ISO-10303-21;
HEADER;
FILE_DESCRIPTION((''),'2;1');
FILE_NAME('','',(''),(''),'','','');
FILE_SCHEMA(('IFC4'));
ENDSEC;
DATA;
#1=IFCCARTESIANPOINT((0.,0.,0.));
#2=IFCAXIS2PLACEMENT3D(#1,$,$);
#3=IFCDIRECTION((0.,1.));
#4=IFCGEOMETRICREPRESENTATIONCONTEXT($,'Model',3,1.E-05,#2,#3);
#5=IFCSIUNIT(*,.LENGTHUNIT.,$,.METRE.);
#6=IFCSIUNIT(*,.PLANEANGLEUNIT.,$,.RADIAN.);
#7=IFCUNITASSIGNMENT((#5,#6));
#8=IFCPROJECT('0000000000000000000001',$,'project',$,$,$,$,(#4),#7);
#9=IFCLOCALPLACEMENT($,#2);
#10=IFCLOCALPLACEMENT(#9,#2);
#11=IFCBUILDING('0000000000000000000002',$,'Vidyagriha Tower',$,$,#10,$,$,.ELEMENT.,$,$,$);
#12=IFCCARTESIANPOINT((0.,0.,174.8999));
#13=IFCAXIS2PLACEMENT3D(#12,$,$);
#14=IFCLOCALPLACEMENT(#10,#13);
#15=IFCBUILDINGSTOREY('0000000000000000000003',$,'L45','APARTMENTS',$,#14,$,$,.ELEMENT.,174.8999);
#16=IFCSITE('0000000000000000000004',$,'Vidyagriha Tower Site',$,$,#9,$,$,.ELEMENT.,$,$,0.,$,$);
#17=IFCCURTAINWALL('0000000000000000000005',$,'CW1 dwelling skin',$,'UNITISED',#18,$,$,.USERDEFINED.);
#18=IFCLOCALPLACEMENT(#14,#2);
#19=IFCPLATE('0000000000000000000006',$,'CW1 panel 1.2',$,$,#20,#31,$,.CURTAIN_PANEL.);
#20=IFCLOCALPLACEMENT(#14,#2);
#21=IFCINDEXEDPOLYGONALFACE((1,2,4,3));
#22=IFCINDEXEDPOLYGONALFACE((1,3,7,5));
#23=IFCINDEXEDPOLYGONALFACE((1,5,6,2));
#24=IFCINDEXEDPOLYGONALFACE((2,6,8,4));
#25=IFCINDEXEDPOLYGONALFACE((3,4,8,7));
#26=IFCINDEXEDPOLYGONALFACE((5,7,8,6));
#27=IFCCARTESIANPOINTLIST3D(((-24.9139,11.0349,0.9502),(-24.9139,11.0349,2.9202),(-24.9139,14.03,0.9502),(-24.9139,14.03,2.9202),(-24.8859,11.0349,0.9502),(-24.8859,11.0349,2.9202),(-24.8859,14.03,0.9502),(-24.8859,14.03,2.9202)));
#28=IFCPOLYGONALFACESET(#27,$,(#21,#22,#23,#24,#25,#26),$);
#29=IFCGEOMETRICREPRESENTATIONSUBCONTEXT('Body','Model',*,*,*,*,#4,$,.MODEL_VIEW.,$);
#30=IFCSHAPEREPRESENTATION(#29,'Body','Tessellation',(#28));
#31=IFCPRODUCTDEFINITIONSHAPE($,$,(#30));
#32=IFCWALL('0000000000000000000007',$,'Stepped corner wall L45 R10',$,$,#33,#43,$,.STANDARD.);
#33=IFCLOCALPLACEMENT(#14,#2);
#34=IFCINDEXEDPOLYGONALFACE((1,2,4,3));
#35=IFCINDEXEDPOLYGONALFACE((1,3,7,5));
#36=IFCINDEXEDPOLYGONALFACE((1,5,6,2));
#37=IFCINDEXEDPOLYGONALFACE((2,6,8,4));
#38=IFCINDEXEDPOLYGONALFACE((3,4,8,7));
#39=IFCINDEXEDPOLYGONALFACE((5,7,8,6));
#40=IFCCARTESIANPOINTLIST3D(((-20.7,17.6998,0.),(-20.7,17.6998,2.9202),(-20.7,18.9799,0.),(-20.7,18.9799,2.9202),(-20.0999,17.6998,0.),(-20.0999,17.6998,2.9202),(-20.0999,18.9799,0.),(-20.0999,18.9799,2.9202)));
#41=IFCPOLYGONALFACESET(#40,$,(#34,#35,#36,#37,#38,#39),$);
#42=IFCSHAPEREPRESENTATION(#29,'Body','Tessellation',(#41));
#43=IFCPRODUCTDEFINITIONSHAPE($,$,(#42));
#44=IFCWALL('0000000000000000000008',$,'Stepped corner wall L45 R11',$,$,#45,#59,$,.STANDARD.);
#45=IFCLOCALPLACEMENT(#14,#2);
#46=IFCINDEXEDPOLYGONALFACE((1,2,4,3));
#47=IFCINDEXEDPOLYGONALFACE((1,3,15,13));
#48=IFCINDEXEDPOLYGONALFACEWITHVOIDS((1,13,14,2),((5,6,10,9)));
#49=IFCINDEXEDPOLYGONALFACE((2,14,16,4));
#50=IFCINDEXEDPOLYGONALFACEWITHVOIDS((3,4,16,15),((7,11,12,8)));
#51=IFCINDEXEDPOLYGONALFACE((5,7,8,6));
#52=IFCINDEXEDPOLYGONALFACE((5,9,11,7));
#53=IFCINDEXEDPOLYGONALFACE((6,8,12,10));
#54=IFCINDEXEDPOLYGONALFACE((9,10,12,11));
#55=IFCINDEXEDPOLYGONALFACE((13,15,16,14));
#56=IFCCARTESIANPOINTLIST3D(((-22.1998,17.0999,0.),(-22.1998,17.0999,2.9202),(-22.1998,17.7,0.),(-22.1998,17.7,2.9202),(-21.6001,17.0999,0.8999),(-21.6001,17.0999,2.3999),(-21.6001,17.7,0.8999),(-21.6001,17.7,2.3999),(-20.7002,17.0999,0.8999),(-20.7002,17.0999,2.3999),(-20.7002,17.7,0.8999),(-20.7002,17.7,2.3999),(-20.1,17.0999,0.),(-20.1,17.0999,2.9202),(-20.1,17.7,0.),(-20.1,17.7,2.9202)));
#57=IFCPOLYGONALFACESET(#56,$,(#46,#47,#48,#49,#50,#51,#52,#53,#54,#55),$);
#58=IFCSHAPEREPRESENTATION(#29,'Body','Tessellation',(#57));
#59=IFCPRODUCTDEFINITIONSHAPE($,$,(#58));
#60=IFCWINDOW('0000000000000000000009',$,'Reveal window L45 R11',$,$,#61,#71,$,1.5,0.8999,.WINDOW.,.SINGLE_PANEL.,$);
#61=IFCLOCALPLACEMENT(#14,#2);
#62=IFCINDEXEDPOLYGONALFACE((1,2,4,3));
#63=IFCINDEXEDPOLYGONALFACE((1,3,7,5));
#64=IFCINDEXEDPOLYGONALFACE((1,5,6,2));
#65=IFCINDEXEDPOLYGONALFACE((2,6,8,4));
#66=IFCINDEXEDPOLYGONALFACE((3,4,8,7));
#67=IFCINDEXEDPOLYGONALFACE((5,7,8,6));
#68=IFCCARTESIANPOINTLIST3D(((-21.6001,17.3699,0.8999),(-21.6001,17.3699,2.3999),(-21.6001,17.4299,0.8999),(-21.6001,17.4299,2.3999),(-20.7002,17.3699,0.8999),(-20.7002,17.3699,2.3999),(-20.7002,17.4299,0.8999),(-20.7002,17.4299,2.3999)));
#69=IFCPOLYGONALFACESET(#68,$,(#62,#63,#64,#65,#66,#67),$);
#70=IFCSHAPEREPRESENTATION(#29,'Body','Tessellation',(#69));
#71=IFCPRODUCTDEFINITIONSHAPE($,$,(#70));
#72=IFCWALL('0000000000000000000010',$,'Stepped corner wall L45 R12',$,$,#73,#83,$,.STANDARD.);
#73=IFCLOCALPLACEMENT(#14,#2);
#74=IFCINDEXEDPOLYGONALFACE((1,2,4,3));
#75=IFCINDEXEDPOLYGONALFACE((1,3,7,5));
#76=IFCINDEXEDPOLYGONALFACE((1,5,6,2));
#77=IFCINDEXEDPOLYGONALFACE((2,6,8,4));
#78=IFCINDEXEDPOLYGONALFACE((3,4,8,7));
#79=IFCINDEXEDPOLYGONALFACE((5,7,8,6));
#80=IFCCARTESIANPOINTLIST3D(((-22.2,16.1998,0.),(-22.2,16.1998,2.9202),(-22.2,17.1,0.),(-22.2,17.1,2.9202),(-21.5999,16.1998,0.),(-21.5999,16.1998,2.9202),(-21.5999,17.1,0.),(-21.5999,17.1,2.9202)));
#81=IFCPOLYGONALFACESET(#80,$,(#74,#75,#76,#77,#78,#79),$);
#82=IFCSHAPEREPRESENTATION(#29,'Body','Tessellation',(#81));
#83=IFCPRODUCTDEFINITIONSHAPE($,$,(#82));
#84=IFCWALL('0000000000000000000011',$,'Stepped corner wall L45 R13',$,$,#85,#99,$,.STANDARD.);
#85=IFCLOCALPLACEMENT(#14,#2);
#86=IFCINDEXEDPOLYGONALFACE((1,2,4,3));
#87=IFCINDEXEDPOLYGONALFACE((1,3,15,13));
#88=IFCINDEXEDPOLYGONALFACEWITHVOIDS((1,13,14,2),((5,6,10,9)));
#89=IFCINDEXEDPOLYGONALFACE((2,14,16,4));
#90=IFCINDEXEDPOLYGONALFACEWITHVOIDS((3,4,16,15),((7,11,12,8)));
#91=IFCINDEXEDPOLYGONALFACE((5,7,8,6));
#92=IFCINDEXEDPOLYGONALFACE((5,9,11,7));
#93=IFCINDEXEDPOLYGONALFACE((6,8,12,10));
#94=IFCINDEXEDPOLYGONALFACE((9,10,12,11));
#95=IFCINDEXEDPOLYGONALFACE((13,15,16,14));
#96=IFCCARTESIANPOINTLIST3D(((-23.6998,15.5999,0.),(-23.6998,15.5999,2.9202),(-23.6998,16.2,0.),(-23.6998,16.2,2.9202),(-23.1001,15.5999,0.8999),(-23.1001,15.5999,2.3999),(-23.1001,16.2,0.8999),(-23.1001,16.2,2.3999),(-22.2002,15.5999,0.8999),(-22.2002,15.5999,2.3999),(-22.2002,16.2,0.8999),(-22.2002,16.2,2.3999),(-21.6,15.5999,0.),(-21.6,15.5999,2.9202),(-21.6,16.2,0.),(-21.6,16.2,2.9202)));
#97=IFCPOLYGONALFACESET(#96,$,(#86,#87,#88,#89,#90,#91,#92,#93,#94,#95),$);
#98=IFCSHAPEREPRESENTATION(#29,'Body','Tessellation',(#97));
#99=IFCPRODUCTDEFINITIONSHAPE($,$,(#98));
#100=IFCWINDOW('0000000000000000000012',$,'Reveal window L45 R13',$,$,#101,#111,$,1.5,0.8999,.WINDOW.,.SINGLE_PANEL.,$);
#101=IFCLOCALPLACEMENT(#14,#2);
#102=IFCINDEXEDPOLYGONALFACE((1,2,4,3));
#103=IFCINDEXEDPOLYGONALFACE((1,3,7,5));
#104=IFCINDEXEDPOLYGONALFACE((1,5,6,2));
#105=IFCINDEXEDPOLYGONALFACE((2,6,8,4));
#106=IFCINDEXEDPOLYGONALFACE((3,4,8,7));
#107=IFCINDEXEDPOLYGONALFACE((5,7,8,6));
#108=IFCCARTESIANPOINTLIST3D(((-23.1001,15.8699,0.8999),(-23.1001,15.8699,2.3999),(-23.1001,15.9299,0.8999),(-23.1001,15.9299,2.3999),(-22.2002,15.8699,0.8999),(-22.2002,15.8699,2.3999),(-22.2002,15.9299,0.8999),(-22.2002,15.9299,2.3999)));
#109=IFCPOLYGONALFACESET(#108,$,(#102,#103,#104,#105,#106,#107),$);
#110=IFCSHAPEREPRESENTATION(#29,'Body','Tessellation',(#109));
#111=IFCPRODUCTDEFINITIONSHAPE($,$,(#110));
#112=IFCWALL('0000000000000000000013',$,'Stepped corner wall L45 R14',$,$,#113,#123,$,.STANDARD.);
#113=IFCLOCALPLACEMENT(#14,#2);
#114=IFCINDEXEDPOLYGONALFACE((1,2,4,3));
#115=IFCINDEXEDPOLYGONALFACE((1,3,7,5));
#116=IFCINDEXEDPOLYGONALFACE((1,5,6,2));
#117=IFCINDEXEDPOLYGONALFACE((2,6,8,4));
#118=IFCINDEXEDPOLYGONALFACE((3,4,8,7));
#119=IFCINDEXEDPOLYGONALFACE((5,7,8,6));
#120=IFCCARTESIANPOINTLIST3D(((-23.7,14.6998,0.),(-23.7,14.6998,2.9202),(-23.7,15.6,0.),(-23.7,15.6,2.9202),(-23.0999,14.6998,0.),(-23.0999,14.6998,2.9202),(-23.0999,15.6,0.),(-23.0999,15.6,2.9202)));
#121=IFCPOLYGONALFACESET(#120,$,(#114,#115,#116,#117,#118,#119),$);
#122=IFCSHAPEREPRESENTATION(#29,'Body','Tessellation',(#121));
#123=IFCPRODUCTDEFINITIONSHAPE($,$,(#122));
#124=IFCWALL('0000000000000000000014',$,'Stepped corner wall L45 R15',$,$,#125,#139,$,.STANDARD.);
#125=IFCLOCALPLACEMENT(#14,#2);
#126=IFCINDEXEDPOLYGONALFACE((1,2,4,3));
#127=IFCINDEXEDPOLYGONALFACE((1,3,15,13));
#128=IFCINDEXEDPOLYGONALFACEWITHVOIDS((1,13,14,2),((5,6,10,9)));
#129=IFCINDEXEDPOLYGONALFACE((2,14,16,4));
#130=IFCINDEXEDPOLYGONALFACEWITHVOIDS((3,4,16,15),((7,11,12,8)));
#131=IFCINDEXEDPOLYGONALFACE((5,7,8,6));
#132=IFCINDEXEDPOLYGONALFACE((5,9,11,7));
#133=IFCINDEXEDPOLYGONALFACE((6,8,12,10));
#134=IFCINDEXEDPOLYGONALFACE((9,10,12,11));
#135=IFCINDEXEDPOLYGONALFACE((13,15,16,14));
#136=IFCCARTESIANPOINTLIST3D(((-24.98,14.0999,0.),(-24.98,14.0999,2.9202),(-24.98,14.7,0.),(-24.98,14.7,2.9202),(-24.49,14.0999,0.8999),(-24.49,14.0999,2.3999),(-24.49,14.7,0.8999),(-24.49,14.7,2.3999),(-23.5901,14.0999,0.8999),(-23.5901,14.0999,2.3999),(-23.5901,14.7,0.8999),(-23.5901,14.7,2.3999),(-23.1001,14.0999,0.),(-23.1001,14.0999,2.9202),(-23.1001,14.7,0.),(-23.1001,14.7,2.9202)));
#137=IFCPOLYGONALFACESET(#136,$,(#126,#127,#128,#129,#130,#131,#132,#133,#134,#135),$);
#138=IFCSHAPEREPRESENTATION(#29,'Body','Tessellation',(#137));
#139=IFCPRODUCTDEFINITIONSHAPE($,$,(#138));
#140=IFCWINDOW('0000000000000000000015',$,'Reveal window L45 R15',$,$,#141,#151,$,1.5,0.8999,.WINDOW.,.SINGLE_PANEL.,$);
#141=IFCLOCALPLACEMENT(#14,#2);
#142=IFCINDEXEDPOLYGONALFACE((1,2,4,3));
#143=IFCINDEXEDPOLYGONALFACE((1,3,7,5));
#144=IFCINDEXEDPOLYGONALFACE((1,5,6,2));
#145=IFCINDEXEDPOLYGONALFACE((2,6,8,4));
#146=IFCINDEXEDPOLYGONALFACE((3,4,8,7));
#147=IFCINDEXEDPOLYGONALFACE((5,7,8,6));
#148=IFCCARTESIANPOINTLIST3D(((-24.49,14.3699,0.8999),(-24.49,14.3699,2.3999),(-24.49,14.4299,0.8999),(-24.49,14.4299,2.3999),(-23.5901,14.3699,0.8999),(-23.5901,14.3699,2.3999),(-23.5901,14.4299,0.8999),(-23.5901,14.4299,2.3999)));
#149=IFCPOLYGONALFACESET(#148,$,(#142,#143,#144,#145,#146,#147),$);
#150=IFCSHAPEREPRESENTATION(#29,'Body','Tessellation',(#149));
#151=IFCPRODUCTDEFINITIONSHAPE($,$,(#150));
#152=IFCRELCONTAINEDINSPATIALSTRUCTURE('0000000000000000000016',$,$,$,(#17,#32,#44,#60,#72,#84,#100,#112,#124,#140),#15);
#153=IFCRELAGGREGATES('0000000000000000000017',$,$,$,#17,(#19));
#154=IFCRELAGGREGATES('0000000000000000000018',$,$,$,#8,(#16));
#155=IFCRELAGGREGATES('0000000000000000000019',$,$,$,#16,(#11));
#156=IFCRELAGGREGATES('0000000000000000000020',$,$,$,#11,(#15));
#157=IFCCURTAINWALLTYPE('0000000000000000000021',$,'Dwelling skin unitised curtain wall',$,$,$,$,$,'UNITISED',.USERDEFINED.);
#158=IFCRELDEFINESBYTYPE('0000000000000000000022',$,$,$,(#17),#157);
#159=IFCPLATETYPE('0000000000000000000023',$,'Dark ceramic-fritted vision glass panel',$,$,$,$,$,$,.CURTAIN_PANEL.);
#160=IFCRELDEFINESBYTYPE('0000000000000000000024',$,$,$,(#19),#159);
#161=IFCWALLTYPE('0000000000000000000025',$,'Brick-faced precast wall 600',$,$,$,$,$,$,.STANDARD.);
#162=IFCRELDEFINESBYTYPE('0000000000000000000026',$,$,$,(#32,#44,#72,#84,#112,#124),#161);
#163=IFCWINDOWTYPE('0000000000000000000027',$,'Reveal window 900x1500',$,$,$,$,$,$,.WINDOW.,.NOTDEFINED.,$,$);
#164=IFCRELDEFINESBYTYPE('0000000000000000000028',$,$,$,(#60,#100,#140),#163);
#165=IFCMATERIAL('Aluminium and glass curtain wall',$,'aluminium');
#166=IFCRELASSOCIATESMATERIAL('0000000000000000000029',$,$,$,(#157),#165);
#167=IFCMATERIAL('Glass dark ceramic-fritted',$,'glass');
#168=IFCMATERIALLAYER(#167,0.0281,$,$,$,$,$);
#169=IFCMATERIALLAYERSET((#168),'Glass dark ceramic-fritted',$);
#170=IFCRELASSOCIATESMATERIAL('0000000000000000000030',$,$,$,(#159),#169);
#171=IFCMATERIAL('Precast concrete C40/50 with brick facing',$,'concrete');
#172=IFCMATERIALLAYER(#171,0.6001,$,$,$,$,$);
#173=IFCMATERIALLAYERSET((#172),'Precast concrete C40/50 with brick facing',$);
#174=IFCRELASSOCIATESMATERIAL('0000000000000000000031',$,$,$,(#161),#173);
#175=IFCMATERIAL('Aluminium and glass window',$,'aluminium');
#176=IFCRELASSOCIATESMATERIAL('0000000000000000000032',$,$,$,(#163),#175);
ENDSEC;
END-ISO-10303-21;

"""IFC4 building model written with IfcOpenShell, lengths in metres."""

from ifc_helpers import new_model, si_unit, direction, frame, frame_2d, origin, origin_2d, place, context, subcontext, project, spatial, rectangle, extrude, material, layer, layer_set, type_object, element, fill, aggregate, save


model = new_model("IFC4")

# Units and contexts
model_context = context("Model", 3, precision=1e-05, world=origin(), true_north=direction((0.0, 1.0)))
body_context = subcontext(model_context, "Body", "Model", "MODEL_VIEW")
ifc_project = project(units=[si_unit("LENGTHUNIT", "METRE"), si_unit("PLANEANGLEUNIT", "RADIAN")], contexts=[model_context])

# Site, building, storey
site_placement = place(None, origin())
site = spatial("IfcSite", under=ifc_project, at=site_placement, Name="Vidyagriha Tower Site", CompositionType="ELEMENT", RefElevation=0.0)
building_placement = place(site_placement, origin())
building = spatial("IfcBuilding", under=site, at=building_placement, Name="Vidyagriha Tower", CompositionType="ELEMENT")
storey_placement = place(building_placement, frame((0.0, 0.0, 174.8999)))
storey = spatial("IfcBuildingStorey", under=building, at=storey_placement, Name="L45", Description="APARTMENTS", CompositionType="ELEMENT", Elevation=174.8999)

# Shared definitions
ifc_material_1 = material(Name="Aluminium and glass curtain wall", Category="aluminium")
curtain_wall_type = type_object("IfcCurtainWallType", Name="Dwelling skin unitised curtain wall", ElementType="UNITISED", PredefinedType="USERDEFINED", material=ifc_material_1)

# Curtain wall
curtain_wall_1_placement = place(storey_placement, origin())
curtain_wall_1 = element("IfcCurtainWall", 1, at=curtain_wall_1_placement, inside=storey, type_object=curtain_wall_type, Name="CW1 dwelling skin", ObjectType="UNITISED", PredefinedType="USERDEFINED")

# Plate
ifc_material_2 = material(Name="Glass dark ceramic-fritted", Category="glass")
ifc_layer_1 = layer(ifc_material_2, 0.0281)
ifc_layer_set_1 = layer_set([ifc_layer_1], Name="Glass dark ceramic-fritted")
plate_type_1 = type_object("IfcPlateType", Name="Dark ceramic-fritted vision glass panel", PredefinedType="CURTAIN_PANEL", material=ifc_layer_set_1)
plate_1_placement = place(storey_placement, frame((-24.8999, 12.5325, 0.9502), z_axis=(0.0, 0.0, 1.0), x_axis=(0.0, -1.0, 0.0)))
plate_1 = element("IfcPlate", 2, at=plate_1_placement, type_object=plate_type_1, Name="CW1 panel 1.2", PredefinedType="CURTAIN_PANEL", context=body_context, shape_type="SweptSolid", body=[
    extrude(rectangle(XDim=2.9951, YDim=0.0281, at=origin_2d()), origin(), (0.0, 0.0, 1.0), 1.97),
])
aggregate(curtain_wall_1, [plate_1])

# Wall
ifc_material_3 = material(Name="Precast concrete C40/50 with brick facing", Category="concrete")
ifc_layer_2 = layer(ifc_material_3, 0.6001)
ifc_layer_set_2 = layer_set([ifc_layer_2], Name="Precast concrete C40/50 with brick facing")
wall_type_1 = type_object("IfcWallType", Name="Brick-faced precast wall 600", PredefinedType="STANDARD", material=ifc_layer_set_2)
wall_1_placement = place(storey_placement, frame((-20.3999, 18.98, 0.0), z_axis=(0.0, 0.0, 1.0), x_axis=(0.0, -1.0, 0.0)))
element("IfcWall", 3, at=wall_1_placement, inside=storey, type_object=wall_type_1, Name="Stepped corner wall L45 R10", PredefinedType="STANDARD", context=body_context, shape_type="SweptSolid", body=[
    extrude(rectangle(XDim=1.28, YDim=0.6001, at=frame_2d((0.6401, 0.0))), origin(), (0.0, 0.0, 1.0), 2.9202),
])

# Wall, opening, window
wall_2_placement = place(storey_placement, frame((-20.1001, 17.3999, 0.0), z_axis=(0.0, 0.0, 1.0), x_axis=(-1.0, 0.0, 0.0)))
wall_2 = element("IfcWall", 4, at=wall_2_placement, inside=storey, type_object=wall_type_1, Name="Stepped corner wall L45 R11", PredefinedType="STANDARD", context=body_context, shape_type="SweptSolid", body=[
    extrude(rectangle(XDim=2.0999, YDim=0.6001, at=frame_2d((1.0498, 0.0))), origin(), (0.0, 0.0, 1.0), 2.9202),
])
opening_1_placement = place(wall_2_placement, frame((0.6001, 0.0, 0.8999)))
opening_1 = element("IfcOpeningElement", 5, at=opening_1_placement, cuts=wall_2, PredefinedType="OPENING", context=body_context, shape_type="SweptSolid", body=[
    extrude(rectangle(XDim=0.8999, YDim=1.5, at=frame_2d((0.45, 0.75))), frame((0.0, 0.3101, 0.0), z_axis=(0.0, -1.0, 0.0), x_axis=(1.0, 0.0, 0.0)), (0.0, 0.0, 1.0), 0.6201),
])
ifc_material_4 = material(Name="Aluminium and glass window", Category="aluminium")
window_type = type_object("IfcWindowType", Name="Reveal window 900x1500", PartitioningType="NOTDEFINED", PredefinedType="WINDOW", material=ifc_material_4)
window_1_placement = place(opening_1_placement, origin())
window_1 = element("IfcWindow", 6, at=window_1_placement, inside=storey, type_object=window_type, Name="Reveal window L45 R11", OverallHeight=1.5, OverallWidth=0.8999, PartitioningType="SINGLE_PANEL", PredefinedType="WINDOW", context=body_context, shape_type="SweptSolid", body=[
    extrude(rectangle(XDim=0.8999, YDim=1.5, at=frame_2d((0.45, 0.75))), frame((0.0, 0.03, 0.0), z_axis=(0.0, -1.0, 0.0), x_axis=(1.0, 0.0, 0.0)), (0.0, 0.0, 1.0), 0.0601),
])
fill(opening_1, window_1)

# Wall
wall_3_placement = place(storey_placement, frame((-21.8999, 17.1001, 0.0), z_axis=(0.0, 0.0, 1.0), x_axis=(0.0, -1.0, 0.0)))
element("IfcWall", 7, at=wall_3_placement, inside=storey, type_object=wall_type_1, Name="Stepped corner wall L45 R12", PredefinedType="STANDARD", context=body_context, shape_type="SweptSolid", body=[
    extrude(rectangle(XDim=0.9001, YDim=0.6001, at=frame_2d((0.4502, 0.0))), origin(), (0.0, 0.0, 1.0), 2.9202),
])

# Wall, opening, window
wall_4_placement = place(storey_placement, frame((-21.6001, 15.8999, 0.0), z_axis=(0.0, 0.0, 1.0), x_axis=(-1.0, 0.0, 0.0)))
wall_4 = element("IfcWall", 8, at=wall_4_placement, inside=storey, type_object=wall_type_1, Name="Stepped corner wall L45 R13", PredefinedType="STANDARD", context=body_context, shape_type="SweptSolid", body=[
    extrude(rectangle(XDim=2.0999, YDim=0.6001, at=frame_2d((1.0498, 0.0))), origin(), (0.0, 0.0, 1.0), 2.9202),
])
opening_2_placement = place(wall_4_placement, frame((0.6001, 0.0, 0.8999)))
opening_2 = element("IfcOpeningElement", 9, at=opening_2_placement, cuts=wall_4, PredefinedType="OPENING", context=body_context, shape_type="SweptSolid", body=[
    extrude(rectangle(XDim=0.8999, YDim=1.5, at=frame_2d((0.45, 0.75))), frame((0.0, 0.3101, 0.0), z_axis=(0.0, -1.0, 0.0), x_axis=(1.0, 0.0, 0.0)), (0.0, 0.0, 1.0), 0.6201),
])
window_2_placement = place(opening_2_placement, origin())
window_2 = element("IfcWindow", 10, at=window_2_placement, inside=storey, type_object=window_type, Name="Reveal window L45 R13", OverallHeight=1.5, OverallWidth=0.8999, PartitioningType="SINGLE_PANEL", PredefinedType="WINDOW", context=body_context, shape_type="SweptSolid", body=[
    extrude(rectangle(XDim=0.8999, YDim=1.5, at=frame_2d((0.45, 0.75))), frame((0.0, 0.03, 0.0), z_axis=(0.0, -1.0, 0.0), x_axis=(1.0, 0.0, 0.0)), (0.0, 0.0, 1.0), 0.0601),
])
fill(opening_2, window_2)

# Wall
wall_5_placement = place(storey_placement, frame((-23.3999, 15.6001, 0.0), z_axis=(0.0, 0.0, 1.0), x_axis=(0.0, -1.0, 0.0)))
element("IfcWall", 11, at=wall_5_placement, inside=storey, type_object=wall_type_1, Name="Stepped corner wall L45 R14", PredefinedType="STANDARD", context=body_context, shape_type="SweptSolid", body=[
    extrude(rectangle(XDim=0.9001, YDim=0.6001, at=frame_2d((0.4502, 0.0))), origin(), (0.0, 0.0, 1.0), 2.9202),
])

# Wall, opening, window
wall_6_placement = place(storey_placement, frame((-23.1001, 14.3999, 0.0), z_axis=(0.0, 0.0, 1.0), x_axis=(-1.0, 0.0, 0.0)))
wall_6 = element("IfcWall", 12, at=wall_6_placement, inside=storey, type_object=wall_type_1, Name="Stepped corner wall L45 R15", PredefinedType="STANDARD", context=body_context, shape_type="SweptSolid", body=[
    extrude(rectangle(XDim=1.8799, YDim=0.6001, at=frame_2d((0.9399, 0.0))), origin(), (0.0, 0.0, 1.0), 2.9202),
])
opening_3_placement = place(wall_6_placement, frame((0.49, 0.0, 0.8999)))
opening_3 = element("IfcOpeningElement", 13, at=opening_3_placement, cuts=wall_6, PredefinedType="OPENING", context=body_context, shape_type="SweptSolid", body=[
    extrude(rectangle(XDim=0.8999, YDim=1.5, at=frame_2d((0.45, 0.75))), frame((0.0, 0.3101, 0.0), z_axis=(0.0, -1.0, 0.0), x_axis=(1.0, 0.0, 0.0)), (0.0, 0.0, 1.0), 0.6201),
])
window_3_placement = place(opening_3_placement, origin())
window_3 = element("IfcWindow", 14, at=window_3_placement, inside=storey, type_object=window_type, Name="Reveal window L45 R15", OverallHeight=1.5, OverallWidth=0.8999, PartitioningType="SINGLE_PANEL", PredefinedType="WINDOW", context=body_context, shape_type="SweptSolid", body=[
    extrude(rectangle(XDim=0.8999, YDim=1.5, at=frame_2d((0.45, 0.75))), frame((0.0, 0.03, 0.0), z_axis=(0.0, -1.0, 0.0), x_axis=(1.0, 0.0, 0.0)), (0.0, 0.0, 1.0), 0.0601),
])
fill(opening_3, window_3)

save(model, "model.ifc")
